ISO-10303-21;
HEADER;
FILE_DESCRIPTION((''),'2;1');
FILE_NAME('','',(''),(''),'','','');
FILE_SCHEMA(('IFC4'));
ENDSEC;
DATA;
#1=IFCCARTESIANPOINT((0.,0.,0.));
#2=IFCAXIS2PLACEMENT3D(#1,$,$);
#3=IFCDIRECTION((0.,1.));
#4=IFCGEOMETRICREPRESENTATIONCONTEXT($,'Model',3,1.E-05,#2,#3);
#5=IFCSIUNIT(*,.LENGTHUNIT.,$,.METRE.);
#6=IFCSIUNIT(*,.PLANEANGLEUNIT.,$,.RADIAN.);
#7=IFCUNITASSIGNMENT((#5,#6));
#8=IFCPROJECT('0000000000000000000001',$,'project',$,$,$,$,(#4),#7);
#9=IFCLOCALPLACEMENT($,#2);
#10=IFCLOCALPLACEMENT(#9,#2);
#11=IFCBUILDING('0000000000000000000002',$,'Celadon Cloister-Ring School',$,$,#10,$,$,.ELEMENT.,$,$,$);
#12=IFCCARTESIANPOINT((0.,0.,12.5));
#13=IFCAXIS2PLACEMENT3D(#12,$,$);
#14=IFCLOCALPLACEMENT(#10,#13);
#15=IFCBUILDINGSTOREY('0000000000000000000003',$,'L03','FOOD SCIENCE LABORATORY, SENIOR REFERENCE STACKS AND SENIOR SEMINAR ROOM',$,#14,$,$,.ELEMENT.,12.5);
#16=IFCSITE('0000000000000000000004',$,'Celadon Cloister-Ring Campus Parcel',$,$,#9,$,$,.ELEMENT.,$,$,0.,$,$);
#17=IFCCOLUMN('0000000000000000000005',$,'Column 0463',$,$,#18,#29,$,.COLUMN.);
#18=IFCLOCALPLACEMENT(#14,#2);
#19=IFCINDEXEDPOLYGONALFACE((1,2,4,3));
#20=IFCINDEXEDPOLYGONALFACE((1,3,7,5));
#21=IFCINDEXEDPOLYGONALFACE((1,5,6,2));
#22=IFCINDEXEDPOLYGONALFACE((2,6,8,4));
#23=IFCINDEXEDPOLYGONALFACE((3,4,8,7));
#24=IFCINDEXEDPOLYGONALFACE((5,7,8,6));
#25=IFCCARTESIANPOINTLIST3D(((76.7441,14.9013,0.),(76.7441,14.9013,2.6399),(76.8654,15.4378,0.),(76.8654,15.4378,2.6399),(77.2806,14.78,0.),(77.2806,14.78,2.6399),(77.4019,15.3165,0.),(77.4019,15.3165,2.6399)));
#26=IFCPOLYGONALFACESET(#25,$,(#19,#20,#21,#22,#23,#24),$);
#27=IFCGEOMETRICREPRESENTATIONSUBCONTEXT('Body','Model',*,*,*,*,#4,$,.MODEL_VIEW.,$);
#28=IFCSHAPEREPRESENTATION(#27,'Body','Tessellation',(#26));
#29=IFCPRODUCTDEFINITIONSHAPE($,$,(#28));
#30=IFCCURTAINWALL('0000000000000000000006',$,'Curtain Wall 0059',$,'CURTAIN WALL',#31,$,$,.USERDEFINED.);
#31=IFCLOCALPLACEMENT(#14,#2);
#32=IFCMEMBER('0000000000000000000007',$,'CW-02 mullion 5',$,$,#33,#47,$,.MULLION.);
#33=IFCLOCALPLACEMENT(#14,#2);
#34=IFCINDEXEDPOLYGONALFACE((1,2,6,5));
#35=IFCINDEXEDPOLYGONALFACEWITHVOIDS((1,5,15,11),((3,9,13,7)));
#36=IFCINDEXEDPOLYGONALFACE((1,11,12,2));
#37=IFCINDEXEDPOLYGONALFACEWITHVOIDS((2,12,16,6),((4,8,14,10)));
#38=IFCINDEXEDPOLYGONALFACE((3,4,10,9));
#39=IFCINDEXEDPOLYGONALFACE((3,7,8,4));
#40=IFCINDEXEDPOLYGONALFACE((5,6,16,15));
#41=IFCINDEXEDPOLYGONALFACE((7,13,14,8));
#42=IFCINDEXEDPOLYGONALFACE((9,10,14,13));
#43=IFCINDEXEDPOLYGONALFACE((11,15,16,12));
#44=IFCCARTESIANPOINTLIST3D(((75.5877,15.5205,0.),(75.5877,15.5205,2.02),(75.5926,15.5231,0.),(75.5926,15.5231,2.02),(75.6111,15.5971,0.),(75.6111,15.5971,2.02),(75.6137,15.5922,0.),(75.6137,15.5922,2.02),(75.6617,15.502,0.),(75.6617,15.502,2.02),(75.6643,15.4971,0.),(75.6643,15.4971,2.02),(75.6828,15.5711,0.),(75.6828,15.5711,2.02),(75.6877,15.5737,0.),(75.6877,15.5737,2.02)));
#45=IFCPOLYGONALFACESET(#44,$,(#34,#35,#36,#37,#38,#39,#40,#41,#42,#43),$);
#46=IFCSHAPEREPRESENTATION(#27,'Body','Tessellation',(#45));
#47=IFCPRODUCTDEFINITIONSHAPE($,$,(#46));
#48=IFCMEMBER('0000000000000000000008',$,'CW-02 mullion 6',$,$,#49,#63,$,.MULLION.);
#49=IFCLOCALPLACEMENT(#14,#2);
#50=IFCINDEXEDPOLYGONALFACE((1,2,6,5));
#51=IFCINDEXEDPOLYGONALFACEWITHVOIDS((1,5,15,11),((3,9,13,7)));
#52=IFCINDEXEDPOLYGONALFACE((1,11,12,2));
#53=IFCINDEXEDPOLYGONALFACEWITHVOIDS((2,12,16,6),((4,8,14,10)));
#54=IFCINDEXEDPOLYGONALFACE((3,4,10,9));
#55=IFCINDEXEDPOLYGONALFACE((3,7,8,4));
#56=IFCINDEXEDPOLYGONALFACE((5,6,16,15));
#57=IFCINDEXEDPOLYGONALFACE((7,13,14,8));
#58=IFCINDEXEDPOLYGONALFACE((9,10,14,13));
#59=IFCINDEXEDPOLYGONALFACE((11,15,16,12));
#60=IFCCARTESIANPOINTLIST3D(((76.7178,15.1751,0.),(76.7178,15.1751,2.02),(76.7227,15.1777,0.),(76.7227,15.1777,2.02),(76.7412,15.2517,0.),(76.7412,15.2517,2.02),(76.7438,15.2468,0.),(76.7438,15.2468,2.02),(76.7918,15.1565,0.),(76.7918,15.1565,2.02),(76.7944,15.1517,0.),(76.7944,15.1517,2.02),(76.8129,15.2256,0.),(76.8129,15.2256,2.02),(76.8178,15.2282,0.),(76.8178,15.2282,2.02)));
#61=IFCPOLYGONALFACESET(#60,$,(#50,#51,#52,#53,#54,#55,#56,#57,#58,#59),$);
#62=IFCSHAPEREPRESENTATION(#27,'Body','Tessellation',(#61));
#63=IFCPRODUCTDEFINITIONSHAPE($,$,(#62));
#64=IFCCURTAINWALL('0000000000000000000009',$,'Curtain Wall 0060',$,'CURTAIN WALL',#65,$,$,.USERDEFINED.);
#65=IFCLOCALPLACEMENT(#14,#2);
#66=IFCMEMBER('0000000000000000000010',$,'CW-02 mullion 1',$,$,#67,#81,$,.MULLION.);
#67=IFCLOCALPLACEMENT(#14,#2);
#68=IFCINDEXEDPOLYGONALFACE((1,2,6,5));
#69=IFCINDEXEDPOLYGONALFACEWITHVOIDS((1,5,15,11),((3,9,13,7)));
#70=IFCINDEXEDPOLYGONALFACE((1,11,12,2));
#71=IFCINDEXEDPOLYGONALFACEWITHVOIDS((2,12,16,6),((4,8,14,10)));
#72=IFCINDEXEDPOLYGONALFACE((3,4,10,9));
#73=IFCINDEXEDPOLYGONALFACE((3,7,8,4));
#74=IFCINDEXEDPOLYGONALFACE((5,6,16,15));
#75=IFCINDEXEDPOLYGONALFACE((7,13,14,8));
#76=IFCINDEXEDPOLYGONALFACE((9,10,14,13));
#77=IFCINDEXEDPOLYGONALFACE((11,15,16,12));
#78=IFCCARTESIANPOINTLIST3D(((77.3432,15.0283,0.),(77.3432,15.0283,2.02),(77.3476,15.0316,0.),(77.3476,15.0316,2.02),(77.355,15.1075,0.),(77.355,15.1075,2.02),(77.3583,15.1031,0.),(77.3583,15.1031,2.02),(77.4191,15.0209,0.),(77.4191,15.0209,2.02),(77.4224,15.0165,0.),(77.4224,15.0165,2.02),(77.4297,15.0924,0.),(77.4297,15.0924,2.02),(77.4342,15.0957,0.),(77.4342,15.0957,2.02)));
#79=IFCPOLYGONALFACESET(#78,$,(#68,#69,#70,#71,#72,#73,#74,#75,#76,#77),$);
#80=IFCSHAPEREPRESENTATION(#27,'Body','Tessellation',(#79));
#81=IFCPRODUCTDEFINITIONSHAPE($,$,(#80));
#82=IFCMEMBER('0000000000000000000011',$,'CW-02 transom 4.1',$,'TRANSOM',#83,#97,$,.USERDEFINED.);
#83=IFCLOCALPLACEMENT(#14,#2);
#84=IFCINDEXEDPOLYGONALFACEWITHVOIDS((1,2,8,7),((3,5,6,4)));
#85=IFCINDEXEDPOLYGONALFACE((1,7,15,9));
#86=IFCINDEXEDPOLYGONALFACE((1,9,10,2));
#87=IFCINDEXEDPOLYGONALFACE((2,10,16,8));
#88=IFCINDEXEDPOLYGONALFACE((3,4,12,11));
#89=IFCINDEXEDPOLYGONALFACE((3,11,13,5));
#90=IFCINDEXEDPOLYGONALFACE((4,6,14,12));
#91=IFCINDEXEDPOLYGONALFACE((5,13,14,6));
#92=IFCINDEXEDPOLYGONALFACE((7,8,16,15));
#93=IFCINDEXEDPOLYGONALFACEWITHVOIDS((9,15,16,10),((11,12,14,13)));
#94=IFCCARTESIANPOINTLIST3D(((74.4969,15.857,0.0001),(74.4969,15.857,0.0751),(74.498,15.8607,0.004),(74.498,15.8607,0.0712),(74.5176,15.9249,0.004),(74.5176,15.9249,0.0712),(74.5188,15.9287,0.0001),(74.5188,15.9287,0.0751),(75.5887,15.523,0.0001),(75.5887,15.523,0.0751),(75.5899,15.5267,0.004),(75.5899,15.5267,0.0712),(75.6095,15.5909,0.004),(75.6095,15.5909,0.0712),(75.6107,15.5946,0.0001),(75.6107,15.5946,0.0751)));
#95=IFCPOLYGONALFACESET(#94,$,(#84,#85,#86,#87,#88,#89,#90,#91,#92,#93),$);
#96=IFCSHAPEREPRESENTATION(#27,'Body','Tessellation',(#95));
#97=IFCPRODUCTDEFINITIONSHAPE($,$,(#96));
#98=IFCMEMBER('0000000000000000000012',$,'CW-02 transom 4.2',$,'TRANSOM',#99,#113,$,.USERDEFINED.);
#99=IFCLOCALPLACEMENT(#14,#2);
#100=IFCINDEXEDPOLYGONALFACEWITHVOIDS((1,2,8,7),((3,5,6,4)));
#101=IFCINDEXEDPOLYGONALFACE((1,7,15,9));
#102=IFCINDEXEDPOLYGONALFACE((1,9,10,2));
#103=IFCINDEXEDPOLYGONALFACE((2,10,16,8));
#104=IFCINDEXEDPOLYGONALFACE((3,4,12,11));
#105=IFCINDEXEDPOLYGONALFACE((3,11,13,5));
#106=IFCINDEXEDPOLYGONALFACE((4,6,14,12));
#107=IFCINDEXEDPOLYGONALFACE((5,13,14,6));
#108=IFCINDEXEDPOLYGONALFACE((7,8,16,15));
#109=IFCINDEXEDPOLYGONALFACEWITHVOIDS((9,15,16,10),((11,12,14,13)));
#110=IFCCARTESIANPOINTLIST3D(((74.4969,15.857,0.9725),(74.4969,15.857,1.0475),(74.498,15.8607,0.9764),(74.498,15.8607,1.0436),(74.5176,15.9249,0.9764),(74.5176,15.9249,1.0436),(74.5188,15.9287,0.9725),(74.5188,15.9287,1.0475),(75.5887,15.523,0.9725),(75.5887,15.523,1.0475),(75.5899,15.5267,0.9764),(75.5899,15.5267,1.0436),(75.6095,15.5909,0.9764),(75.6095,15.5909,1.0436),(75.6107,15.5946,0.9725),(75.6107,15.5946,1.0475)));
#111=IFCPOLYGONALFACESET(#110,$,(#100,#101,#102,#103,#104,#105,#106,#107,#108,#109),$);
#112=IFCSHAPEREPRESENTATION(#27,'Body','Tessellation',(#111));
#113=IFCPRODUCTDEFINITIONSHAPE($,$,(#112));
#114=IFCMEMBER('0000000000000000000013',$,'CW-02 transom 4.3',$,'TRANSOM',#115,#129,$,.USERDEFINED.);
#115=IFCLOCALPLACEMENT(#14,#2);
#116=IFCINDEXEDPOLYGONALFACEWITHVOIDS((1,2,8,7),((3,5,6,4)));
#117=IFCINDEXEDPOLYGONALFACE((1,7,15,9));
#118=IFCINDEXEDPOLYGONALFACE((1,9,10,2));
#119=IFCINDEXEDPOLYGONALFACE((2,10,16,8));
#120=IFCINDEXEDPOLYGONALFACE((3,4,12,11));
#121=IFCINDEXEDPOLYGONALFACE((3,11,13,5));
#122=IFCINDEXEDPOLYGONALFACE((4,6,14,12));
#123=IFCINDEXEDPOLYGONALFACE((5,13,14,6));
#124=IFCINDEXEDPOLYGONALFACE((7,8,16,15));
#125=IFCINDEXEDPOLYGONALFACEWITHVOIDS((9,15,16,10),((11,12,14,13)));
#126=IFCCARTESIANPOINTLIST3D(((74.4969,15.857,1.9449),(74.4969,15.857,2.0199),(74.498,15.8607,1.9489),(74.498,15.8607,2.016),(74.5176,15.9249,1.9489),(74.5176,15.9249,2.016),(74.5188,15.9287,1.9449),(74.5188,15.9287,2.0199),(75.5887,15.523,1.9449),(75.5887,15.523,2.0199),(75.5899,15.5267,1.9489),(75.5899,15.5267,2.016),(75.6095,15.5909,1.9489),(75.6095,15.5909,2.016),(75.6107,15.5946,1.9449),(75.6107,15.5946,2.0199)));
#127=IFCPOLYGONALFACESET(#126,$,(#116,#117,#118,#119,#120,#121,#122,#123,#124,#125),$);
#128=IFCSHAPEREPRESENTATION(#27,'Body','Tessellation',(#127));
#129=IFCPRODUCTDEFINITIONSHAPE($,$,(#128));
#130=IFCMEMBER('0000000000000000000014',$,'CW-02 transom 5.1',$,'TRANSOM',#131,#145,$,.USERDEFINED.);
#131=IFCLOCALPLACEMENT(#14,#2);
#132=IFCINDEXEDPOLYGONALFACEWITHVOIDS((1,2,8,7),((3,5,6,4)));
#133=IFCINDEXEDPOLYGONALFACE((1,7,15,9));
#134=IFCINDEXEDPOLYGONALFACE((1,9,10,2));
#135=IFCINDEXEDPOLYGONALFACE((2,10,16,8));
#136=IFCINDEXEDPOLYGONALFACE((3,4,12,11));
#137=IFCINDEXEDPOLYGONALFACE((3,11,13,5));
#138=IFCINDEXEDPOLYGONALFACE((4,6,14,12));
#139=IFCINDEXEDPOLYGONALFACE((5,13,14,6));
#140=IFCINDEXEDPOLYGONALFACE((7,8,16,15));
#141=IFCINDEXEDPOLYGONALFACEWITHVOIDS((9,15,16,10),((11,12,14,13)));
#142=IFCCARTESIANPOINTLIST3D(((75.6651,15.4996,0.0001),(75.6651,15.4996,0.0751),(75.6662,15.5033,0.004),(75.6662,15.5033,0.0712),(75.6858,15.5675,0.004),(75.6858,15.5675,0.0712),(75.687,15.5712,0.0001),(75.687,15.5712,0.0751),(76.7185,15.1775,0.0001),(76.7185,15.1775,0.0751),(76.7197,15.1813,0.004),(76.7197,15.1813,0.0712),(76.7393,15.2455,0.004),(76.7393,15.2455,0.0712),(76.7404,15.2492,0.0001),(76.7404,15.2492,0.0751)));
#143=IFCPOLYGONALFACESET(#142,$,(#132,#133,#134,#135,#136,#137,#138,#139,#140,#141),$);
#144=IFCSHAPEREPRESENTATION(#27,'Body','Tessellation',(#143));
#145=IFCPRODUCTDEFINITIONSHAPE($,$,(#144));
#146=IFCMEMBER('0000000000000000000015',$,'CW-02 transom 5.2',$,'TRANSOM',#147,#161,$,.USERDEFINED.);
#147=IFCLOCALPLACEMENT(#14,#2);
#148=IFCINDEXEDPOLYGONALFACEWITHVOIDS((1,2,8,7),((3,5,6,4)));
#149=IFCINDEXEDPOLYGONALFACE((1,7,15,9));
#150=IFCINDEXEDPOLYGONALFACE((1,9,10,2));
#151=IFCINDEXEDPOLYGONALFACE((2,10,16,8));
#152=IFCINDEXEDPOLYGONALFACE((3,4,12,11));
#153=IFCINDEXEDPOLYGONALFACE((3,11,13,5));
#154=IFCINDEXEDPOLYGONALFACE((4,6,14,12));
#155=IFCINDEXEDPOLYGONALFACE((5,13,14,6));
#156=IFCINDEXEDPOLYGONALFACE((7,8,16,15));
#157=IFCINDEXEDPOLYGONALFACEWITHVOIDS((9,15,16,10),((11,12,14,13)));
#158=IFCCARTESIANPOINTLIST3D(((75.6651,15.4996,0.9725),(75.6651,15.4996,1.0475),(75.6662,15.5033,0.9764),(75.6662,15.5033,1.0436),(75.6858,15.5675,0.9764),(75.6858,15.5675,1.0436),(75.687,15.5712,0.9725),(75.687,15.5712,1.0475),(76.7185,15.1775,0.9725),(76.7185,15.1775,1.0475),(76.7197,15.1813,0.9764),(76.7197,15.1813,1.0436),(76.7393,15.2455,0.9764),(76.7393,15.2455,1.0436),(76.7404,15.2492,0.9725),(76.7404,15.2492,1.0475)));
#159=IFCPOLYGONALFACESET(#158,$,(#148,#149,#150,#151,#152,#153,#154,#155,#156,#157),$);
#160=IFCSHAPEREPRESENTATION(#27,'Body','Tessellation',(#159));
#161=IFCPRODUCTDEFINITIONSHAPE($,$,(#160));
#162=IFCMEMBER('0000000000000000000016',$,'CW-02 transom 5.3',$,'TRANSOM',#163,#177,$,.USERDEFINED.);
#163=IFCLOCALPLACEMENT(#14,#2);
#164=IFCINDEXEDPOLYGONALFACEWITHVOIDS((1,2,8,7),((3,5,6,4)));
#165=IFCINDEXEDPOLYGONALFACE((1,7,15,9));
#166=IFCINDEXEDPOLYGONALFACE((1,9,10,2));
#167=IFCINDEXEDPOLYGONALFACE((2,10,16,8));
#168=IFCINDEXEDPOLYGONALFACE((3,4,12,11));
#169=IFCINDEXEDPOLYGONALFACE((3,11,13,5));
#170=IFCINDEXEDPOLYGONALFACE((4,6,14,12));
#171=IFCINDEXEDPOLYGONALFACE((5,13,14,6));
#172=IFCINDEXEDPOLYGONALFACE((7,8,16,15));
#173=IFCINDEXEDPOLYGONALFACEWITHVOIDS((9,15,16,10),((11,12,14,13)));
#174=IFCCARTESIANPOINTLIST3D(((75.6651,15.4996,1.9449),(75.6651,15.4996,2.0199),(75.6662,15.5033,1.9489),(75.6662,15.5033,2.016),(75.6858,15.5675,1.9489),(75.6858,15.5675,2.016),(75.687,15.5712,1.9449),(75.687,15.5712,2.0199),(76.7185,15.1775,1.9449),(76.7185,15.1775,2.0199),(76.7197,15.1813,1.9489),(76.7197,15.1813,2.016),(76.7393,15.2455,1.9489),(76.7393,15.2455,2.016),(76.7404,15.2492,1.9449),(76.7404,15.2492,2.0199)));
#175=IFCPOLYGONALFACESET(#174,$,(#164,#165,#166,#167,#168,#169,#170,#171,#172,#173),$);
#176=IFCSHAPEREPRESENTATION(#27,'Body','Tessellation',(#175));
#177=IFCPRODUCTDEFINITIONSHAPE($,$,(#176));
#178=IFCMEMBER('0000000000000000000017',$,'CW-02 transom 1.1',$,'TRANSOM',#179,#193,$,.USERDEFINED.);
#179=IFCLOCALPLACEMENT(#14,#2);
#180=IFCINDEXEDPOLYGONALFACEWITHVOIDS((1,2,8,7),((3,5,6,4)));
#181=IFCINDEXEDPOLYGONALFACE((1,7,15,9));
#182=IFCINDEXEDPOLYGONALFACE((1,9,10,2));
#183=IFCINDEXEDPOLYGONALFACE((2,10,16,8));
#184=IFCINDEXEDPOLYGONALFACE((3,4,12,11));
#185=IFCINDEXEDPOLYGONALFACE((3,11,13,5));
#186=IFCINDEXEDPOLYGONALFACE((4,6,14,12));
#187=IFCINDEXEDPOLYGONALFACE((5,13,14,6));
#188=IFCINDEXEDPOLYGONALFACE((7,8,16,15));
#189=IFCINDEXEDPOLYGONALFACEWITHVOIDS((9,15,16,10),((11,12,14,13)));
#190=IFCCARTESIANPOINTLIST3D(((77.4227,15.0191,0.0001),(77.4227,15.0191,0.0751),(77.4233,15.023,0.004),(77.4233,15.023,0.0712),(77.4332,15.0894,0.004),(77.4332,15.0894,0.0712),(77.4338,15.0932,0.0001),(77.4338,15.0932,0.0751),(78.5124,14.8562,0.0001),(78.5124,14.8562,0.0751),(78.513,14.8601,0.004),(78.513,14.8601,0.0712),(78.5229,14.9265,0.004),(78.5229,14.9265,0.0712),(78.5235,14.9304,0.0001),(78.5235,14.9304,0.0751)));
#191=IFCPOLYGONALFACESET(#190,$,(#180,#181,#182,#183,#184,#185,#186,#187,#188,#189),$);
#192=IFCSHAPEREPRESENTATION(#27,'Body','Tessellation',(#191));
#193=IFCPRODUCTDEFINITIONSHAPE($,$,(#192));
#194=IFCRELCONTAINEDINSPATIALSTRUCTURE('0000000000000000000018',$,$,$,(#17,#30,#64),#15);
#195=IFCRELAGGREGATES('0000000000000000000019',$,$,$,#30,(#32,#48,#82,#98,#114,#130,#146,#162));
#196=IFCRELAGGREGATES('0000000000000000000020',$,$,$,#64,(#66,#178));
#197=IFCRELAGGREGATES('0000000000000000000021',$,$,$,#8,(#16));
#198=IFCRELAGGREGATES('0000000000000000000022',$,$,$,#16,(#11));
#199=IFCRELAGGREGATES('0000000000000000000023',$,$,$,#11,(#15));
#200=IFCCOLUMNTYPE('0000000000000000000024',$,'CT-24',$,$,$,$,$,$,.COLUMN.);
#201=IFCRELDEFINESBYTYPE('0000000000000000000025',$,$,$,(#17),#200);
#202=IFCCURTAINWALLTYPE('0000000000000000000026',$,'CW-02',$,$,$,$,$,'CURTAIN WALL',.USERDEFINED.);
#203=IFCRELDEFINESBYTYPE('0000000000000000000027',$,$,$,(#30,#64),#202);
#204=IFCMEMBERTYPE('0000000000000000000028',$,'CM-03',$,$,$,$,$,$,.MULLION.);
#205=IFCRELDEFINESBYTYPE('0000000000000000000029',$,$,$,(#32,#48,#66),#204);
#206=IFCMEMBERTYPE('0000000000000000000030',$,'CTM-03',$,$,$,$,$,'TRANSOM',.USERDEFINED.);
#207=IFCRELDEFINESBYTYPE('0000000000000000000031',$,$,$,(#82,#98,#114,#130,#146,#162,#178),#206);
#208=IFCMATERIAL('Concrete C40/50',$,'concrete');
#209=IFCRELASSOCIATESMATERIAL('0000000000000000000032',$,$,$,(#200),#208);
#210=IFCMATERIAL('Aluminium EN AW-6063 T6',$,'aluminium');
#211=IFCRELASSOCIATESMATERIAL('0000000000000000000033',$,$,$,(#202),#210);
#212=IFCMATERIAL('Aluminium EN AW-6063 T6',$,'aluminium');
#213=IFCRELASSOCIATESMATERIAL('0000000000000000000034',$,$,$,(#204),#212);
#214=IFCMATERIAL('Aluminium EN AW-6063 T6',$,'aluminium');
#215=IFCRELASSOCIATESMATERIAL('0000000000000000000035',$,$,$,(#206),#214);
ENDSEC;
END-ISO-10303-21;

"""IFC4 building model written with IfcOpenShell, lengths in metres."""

from ifc_helpers import new_model, si_unit, direction, frame, origin, origin_2d, place, context, subcontext, project, spatial, rectangle, hollow_rectangle, extrude, material, material_profile, profile_set, type_object, element, aggregate, save


model = new_model("IFC4")

# Units and contexts
model_context = context("Model", 3, precision=1e-05, world=origin(), true_north=direction((0.0, 1.0)))
body_context = subcontext(model_context, "Body", "Model", "MODEL_VIEW")
ifc_project = project(units=[si_unit("LENGTHUNIT", "METRE"), si_unit("PLANEANGLEUNIT", "RADIAN")], contexts=[model_context])

# Site, building, storey
site_placement = place(None, origin())
site = spatial("IfcSite", under=ifc_project, at=site_placement, Name="Celadon Cloister-Ring Campus Parcel", CompositionType="ELEMENT", RefElevation=0.0)
building_placement = place(site_placement, origin())
building = spatial("IfcBuilding", under=site, at=building_placement, Name="Celadon Cloister-Ring School", CompositionType="ELEMENT")
storey_placement = place(building_placement, frame((0.0, 0.0, 12.5)))
storey = spatial("IfcBuildingStorey", under=building, at=storey_placement, Name="L03", Description="FOOD SCIENCE LABORATORY, SENIOR REFERENCE STACKS AND SENIOR SEMINAR ROOM", CompositionType="ELEMENT", Elevation=12.5)

# Column
ifc_material_1 = material(Name="Concrete C40/50", Category="concrete")
ifc_material_profile_1 = material_profile(ifc_material_1, rectangle(XDim=0.55, YDim=0.55, at=origin_2d()), Name="RC550X550")
ifc_profile_set_1 = profile_set([ifc_material_profile_1], Name="Concrete C40/50")
column_type = type_object("IfcColumnType", Name="CT-24", PredefinedType="COLUMN", material=ifc_profile_set_1)
column_placement = place(storey_placement, frame((77.073, 15.1089, 0.0), z_axis=(0.0, 0.0, 1.0), x_axis=(-0.220595, -0.975365, 0.0)))
element("IfcColumn", 1, at=column_placement, inside=storey, type_object=column_type, Name="Column 0463", PredefinedType="COLUMN", context=body_context, shape_type="SweptSolid", body=[
    extrude(rectangle(XDim=0.55, YDim=0.55, at=origin_2d()), origin(), (0.0, 0.0, 1.0), 2.6399),
])

# Curtain wall, members
ifc_material_2 = material(Name="Aluminium EN AW-6063 T6", Category="aluminium")
curtain_wall_type = type_object("IfcCurtainWallType", Name="CW-02", ElementType="CURTAIN WALL", PredefinedType="USERDEFINED", material=ifc_material_2)
curtain_wall_1_placement = place(storey_placement, origin())
curtain_wall_1 = element("IfcCurtainWall", 2, at=curtain_wall_1_placement, inside=storey, type_object=curtain_wall_type, Name="Curtain Wall 0059", ObjectType="CURTAIN WALL", PredefinedType="USERDEFINED")
ifc_material_3 = material(Name="Aluminium EN AW-6063 T6", Category="aluminium")
ifc_material_profile_2 = material_profile(ifc_material_3, hollow_rectangle(XDim=0.0801, YDim=0.0801, WallThickness=0.0039, at=origin_2d()), Name="RHS80X80X4")
ifc_profile_set_2 = profile_set([ifc_material_profile_2], Name="Aluminium EN AW-6063 T6")
member_type_1 = type_object("IfcMemberType", Name="CM-03", PredefinedType="MULLION", material=ifc_profile_set_2)
member_1_placement = place(storey_placement, frame((75.6377, 15.5471, 0.0), z_axis=(0.0, 0.0, 1.0), x_axis=(0.292406, 0.956294, 0.0)))
member_1 = element("IfcMember", 3, at=member_1_placement, type_object=member_type_1, Name="CW-02 mullion 5", PredefinedType="MULLION", context=body_context, shape_type="SweptSolid", body=[
    extrude(hollow_rectangle(XDim=0.0801, YDim=0.0801, WallThickness=0.0039, at=origin_2d()), origin(), (0.0, 0.0, 1.0), 2.02),
])
member_2_placement = place(storey_placement, frame((76.7678, 15.2017, 0.0), z_axis=(0.0, 0.0, 1.0), x_axis=(0.292406, 0.956294, 0.0)))
member_2 = element("IfcMember", 4, at=member_2_placement, type_object=member_type_1, Name="CW-02 mullion 6", PredefinedType="MULLION", context=body_context, shape_type="SweptSolid", body=[
    extrude(hollow_rectangle(XDim=0.0801, YDim=0.0801, WallThickness=0.0039, at=origin_2d()), origin(), (0.0, 0.0, 1.0), 2.02),
])

# Curtain wall, member
curtain_wall_2_placement = place(storey_placement, origin())
curtain_wall_2 = element("IfcCurtainWall", 5, at=curtain_wall_2_placement, inside=storey, type_object=curtain_wall_type, Name="Curtain Wall 0060", ObjectType="CURTAIN WALL", PredefinedType="USERDEFINED")
member_3_placement = place(storey_placement, frame((77.3887, 15.062, 0.0), z_axis=(0.0, 0.0, 1.0), x_axis=(0.147812, 0.989015, 0.0)))
member_3 = element("IfcMember", 6, at=member_3_placement, type_object=member_type_1, Name="CW-02 mullion 1", PredefinedType="MULLION", context=body_context, shape_type="SweptSolid", body=[
    extrude(hollow_rectangle(XDim=0.0801, YDim=0.0801, WallThickness=0.0039, at=origin_2d()), origin(), (0.0, 0.0, 1.0), 2.02),
])

# Members
ifc_material_4 = material(Name="Aluminium EN AW-6063 T6", Category="aluminium")
ifc_material_profile_3 = material_profile(ifc_material_4, hollow_rectangle(XDim=0.075, YDim=0.075, WallThickness=0.0039, at=origin_2d()), Name="RHS75X75X4")
ifc_profile_set_3 = profile_set([ifc_material_profile_3], Name="Aluminium EN AW-6063 T6")
member_type_2 = type_object("IfcMemberType", Name="CTM-03", ElementType="TRANSOM", PredefinedType="USERDEFINED", material=ifc_profile_set_3)
member_4_placement = place(storey_placement, frame((74.5078, 15.8928, 0.0376), z_axis=(0.956259, -0.292523, 0.0), x_axis=(0.292523, 0.956259, 0.0)))
member_4 = element("IfcMember", 7, at=member_4_placement, type_object=member_type_2, Name="CW-02 transom 4.1", ObjectType="TRANSOM", PredefinedType="USERDEFINED", context=body_context, shape_type="SweptSolid", body=[
    extrude(hollow_rectangle(XDim=0.075, YDim=0.075, WallThickness=0.0039, at=origin_2d()), origin(), (0.0, 0.0, 1.0), 1.1418),
])
member_5_placement = place(storey_placement, frame((74.5078, 15.8928, 1.01), z_axis=(0.956259, -0.292523, 0.0), x_axis=(0.292523, 0.956259, 0.0)))
member_5 = element("IfcMember", 8, at=member_5_placement, type_object=member_type_2, Name="CW-02 transom 4.2", ObjectType="TRANSOM", PredefinedType="USERDEFINED", context=body_context, shape_type="SweptSolid", body=[
    extrude(hollow_rectangle(XDim=0.075, YDim=0.075, WallThickness=0.0039, at=origin_2d()), origin(), (0.0, 0.0, 1.0), 1.1418),
])
member_6_placement = place(storey_placement, frame((74.5078, 15.8928, 1.9824), z_axis=(0.956259, -0.292523, 0.0), x_axis=(0.292523, 0.956259, 0.0)))
member_6 = element("IfcMember", 9, at=member_6_placement, type_object=member_type_2, Name="CW-02 transom 4.3", ObjectType="TRANSOM", PredefinedType="USERDEFINED", context=body_context, shape_type="SweptSolid", body=[
    extrude(hollow_rectangle(XDim=0.075, YDim=0.075, WallThickness=0.0039, at=origin_2d()), origin(), (0.0, 0.0, 1.0), 1.1418),
])
member_7_placement = place(storey_placement, frame((75.676, 15.5354, 0.0376), z_axis=(0.956319, -0.292326, 0.0), x_axis=(0.292326, 0.956319, 0.0)))
member_7 = element("IfcMember", 10, at=member_7_placement, type_object=member_type_2, Name="CW-02 transom 5.1", ObjectType="TRANSOM", PredefinedType="USERDEFINED", context=body_context, shape_type="SweptSolid", body=[
    extrude(hollow_rectangle(XDim=0.075, YDim=0.075, WallThickness=0.0039, at=origin_2d()), origin(), (0.0, 0.0, 1.0), 1.1016),
])
member_8_placement = place(storey_placement, frame((75.676, 15.5354, 1.01), z_axis=(0.956319, -0.292326, 0.0), x_axis=(0.292326, 0.956319, 0.0)))
member_8 = element("IfcMember", 11, at=member_8_placement, type_object=member_type_2, Name="CW-02 transom 5.2", ObjectType="TRANSOM", PredefinedType="USERDEFINED", context=body_context, shape_type="SweptSolid", body=[
    extrude(hollow_rectangle(XDim=0.075, YDim=0.075, WallThickness=0.0039, at=origin_2d()), origin(), (0.0, 0.0, 1.0), 1.1016),
])
member_9_placement = place(storey_placement, frame((75.676, 15.5354, 1.9824), z_axis=(0.956319, -0.292326, 0.0), x_axis=(0.292326, 0.956319, 0.0)))
member_9 = element("IfcMember", 12, at=member_9_placement, type_object=member_type_2, Name="CW-02 transom 5.3", ObjectType="TRANSOM", PredefinedType="USERDEFINED", context=body_context, shape_type="SweptSolid", body=[
    extrude(hollow_rectangle(XDim=0.075, YDim=0.075, WallThickness=0.0039, at=origin_2d()), origin(), (0.0, 0.0, 1.0), 1.1016),
])
member_10_placement = place(storey_placement, frame((77.4282, 15.0562, 0.0376), z_axis=(0.989016, -0.147809, 0.0), x_axis=(0.147809, 0.989016, 0.0)))
member_10 = element("IfcMember", 13, at=member_10_placement, type_object=member_type_2, Name="CW-02 transom 1.1", ObjectType="TRANSOM", PredefinedType="USERDEFINED", context=body_context, shape_type="SweptSolid", body=[
    extrude(hollow_rectangle(XDim=0.075, YDim=0.075, WallThickness=0.0039, at=origin_2d()), origin(), (0.0, 0.0, 1.0), 1.1018),
])

aggregate(curtain_wall_1, [member_1, member_2, member_4, member_5, member_6, member_7, member_8, member_9])
aggregate(curtain_wall_2, [member_3, member_10])

save(model, "model.ifc")
